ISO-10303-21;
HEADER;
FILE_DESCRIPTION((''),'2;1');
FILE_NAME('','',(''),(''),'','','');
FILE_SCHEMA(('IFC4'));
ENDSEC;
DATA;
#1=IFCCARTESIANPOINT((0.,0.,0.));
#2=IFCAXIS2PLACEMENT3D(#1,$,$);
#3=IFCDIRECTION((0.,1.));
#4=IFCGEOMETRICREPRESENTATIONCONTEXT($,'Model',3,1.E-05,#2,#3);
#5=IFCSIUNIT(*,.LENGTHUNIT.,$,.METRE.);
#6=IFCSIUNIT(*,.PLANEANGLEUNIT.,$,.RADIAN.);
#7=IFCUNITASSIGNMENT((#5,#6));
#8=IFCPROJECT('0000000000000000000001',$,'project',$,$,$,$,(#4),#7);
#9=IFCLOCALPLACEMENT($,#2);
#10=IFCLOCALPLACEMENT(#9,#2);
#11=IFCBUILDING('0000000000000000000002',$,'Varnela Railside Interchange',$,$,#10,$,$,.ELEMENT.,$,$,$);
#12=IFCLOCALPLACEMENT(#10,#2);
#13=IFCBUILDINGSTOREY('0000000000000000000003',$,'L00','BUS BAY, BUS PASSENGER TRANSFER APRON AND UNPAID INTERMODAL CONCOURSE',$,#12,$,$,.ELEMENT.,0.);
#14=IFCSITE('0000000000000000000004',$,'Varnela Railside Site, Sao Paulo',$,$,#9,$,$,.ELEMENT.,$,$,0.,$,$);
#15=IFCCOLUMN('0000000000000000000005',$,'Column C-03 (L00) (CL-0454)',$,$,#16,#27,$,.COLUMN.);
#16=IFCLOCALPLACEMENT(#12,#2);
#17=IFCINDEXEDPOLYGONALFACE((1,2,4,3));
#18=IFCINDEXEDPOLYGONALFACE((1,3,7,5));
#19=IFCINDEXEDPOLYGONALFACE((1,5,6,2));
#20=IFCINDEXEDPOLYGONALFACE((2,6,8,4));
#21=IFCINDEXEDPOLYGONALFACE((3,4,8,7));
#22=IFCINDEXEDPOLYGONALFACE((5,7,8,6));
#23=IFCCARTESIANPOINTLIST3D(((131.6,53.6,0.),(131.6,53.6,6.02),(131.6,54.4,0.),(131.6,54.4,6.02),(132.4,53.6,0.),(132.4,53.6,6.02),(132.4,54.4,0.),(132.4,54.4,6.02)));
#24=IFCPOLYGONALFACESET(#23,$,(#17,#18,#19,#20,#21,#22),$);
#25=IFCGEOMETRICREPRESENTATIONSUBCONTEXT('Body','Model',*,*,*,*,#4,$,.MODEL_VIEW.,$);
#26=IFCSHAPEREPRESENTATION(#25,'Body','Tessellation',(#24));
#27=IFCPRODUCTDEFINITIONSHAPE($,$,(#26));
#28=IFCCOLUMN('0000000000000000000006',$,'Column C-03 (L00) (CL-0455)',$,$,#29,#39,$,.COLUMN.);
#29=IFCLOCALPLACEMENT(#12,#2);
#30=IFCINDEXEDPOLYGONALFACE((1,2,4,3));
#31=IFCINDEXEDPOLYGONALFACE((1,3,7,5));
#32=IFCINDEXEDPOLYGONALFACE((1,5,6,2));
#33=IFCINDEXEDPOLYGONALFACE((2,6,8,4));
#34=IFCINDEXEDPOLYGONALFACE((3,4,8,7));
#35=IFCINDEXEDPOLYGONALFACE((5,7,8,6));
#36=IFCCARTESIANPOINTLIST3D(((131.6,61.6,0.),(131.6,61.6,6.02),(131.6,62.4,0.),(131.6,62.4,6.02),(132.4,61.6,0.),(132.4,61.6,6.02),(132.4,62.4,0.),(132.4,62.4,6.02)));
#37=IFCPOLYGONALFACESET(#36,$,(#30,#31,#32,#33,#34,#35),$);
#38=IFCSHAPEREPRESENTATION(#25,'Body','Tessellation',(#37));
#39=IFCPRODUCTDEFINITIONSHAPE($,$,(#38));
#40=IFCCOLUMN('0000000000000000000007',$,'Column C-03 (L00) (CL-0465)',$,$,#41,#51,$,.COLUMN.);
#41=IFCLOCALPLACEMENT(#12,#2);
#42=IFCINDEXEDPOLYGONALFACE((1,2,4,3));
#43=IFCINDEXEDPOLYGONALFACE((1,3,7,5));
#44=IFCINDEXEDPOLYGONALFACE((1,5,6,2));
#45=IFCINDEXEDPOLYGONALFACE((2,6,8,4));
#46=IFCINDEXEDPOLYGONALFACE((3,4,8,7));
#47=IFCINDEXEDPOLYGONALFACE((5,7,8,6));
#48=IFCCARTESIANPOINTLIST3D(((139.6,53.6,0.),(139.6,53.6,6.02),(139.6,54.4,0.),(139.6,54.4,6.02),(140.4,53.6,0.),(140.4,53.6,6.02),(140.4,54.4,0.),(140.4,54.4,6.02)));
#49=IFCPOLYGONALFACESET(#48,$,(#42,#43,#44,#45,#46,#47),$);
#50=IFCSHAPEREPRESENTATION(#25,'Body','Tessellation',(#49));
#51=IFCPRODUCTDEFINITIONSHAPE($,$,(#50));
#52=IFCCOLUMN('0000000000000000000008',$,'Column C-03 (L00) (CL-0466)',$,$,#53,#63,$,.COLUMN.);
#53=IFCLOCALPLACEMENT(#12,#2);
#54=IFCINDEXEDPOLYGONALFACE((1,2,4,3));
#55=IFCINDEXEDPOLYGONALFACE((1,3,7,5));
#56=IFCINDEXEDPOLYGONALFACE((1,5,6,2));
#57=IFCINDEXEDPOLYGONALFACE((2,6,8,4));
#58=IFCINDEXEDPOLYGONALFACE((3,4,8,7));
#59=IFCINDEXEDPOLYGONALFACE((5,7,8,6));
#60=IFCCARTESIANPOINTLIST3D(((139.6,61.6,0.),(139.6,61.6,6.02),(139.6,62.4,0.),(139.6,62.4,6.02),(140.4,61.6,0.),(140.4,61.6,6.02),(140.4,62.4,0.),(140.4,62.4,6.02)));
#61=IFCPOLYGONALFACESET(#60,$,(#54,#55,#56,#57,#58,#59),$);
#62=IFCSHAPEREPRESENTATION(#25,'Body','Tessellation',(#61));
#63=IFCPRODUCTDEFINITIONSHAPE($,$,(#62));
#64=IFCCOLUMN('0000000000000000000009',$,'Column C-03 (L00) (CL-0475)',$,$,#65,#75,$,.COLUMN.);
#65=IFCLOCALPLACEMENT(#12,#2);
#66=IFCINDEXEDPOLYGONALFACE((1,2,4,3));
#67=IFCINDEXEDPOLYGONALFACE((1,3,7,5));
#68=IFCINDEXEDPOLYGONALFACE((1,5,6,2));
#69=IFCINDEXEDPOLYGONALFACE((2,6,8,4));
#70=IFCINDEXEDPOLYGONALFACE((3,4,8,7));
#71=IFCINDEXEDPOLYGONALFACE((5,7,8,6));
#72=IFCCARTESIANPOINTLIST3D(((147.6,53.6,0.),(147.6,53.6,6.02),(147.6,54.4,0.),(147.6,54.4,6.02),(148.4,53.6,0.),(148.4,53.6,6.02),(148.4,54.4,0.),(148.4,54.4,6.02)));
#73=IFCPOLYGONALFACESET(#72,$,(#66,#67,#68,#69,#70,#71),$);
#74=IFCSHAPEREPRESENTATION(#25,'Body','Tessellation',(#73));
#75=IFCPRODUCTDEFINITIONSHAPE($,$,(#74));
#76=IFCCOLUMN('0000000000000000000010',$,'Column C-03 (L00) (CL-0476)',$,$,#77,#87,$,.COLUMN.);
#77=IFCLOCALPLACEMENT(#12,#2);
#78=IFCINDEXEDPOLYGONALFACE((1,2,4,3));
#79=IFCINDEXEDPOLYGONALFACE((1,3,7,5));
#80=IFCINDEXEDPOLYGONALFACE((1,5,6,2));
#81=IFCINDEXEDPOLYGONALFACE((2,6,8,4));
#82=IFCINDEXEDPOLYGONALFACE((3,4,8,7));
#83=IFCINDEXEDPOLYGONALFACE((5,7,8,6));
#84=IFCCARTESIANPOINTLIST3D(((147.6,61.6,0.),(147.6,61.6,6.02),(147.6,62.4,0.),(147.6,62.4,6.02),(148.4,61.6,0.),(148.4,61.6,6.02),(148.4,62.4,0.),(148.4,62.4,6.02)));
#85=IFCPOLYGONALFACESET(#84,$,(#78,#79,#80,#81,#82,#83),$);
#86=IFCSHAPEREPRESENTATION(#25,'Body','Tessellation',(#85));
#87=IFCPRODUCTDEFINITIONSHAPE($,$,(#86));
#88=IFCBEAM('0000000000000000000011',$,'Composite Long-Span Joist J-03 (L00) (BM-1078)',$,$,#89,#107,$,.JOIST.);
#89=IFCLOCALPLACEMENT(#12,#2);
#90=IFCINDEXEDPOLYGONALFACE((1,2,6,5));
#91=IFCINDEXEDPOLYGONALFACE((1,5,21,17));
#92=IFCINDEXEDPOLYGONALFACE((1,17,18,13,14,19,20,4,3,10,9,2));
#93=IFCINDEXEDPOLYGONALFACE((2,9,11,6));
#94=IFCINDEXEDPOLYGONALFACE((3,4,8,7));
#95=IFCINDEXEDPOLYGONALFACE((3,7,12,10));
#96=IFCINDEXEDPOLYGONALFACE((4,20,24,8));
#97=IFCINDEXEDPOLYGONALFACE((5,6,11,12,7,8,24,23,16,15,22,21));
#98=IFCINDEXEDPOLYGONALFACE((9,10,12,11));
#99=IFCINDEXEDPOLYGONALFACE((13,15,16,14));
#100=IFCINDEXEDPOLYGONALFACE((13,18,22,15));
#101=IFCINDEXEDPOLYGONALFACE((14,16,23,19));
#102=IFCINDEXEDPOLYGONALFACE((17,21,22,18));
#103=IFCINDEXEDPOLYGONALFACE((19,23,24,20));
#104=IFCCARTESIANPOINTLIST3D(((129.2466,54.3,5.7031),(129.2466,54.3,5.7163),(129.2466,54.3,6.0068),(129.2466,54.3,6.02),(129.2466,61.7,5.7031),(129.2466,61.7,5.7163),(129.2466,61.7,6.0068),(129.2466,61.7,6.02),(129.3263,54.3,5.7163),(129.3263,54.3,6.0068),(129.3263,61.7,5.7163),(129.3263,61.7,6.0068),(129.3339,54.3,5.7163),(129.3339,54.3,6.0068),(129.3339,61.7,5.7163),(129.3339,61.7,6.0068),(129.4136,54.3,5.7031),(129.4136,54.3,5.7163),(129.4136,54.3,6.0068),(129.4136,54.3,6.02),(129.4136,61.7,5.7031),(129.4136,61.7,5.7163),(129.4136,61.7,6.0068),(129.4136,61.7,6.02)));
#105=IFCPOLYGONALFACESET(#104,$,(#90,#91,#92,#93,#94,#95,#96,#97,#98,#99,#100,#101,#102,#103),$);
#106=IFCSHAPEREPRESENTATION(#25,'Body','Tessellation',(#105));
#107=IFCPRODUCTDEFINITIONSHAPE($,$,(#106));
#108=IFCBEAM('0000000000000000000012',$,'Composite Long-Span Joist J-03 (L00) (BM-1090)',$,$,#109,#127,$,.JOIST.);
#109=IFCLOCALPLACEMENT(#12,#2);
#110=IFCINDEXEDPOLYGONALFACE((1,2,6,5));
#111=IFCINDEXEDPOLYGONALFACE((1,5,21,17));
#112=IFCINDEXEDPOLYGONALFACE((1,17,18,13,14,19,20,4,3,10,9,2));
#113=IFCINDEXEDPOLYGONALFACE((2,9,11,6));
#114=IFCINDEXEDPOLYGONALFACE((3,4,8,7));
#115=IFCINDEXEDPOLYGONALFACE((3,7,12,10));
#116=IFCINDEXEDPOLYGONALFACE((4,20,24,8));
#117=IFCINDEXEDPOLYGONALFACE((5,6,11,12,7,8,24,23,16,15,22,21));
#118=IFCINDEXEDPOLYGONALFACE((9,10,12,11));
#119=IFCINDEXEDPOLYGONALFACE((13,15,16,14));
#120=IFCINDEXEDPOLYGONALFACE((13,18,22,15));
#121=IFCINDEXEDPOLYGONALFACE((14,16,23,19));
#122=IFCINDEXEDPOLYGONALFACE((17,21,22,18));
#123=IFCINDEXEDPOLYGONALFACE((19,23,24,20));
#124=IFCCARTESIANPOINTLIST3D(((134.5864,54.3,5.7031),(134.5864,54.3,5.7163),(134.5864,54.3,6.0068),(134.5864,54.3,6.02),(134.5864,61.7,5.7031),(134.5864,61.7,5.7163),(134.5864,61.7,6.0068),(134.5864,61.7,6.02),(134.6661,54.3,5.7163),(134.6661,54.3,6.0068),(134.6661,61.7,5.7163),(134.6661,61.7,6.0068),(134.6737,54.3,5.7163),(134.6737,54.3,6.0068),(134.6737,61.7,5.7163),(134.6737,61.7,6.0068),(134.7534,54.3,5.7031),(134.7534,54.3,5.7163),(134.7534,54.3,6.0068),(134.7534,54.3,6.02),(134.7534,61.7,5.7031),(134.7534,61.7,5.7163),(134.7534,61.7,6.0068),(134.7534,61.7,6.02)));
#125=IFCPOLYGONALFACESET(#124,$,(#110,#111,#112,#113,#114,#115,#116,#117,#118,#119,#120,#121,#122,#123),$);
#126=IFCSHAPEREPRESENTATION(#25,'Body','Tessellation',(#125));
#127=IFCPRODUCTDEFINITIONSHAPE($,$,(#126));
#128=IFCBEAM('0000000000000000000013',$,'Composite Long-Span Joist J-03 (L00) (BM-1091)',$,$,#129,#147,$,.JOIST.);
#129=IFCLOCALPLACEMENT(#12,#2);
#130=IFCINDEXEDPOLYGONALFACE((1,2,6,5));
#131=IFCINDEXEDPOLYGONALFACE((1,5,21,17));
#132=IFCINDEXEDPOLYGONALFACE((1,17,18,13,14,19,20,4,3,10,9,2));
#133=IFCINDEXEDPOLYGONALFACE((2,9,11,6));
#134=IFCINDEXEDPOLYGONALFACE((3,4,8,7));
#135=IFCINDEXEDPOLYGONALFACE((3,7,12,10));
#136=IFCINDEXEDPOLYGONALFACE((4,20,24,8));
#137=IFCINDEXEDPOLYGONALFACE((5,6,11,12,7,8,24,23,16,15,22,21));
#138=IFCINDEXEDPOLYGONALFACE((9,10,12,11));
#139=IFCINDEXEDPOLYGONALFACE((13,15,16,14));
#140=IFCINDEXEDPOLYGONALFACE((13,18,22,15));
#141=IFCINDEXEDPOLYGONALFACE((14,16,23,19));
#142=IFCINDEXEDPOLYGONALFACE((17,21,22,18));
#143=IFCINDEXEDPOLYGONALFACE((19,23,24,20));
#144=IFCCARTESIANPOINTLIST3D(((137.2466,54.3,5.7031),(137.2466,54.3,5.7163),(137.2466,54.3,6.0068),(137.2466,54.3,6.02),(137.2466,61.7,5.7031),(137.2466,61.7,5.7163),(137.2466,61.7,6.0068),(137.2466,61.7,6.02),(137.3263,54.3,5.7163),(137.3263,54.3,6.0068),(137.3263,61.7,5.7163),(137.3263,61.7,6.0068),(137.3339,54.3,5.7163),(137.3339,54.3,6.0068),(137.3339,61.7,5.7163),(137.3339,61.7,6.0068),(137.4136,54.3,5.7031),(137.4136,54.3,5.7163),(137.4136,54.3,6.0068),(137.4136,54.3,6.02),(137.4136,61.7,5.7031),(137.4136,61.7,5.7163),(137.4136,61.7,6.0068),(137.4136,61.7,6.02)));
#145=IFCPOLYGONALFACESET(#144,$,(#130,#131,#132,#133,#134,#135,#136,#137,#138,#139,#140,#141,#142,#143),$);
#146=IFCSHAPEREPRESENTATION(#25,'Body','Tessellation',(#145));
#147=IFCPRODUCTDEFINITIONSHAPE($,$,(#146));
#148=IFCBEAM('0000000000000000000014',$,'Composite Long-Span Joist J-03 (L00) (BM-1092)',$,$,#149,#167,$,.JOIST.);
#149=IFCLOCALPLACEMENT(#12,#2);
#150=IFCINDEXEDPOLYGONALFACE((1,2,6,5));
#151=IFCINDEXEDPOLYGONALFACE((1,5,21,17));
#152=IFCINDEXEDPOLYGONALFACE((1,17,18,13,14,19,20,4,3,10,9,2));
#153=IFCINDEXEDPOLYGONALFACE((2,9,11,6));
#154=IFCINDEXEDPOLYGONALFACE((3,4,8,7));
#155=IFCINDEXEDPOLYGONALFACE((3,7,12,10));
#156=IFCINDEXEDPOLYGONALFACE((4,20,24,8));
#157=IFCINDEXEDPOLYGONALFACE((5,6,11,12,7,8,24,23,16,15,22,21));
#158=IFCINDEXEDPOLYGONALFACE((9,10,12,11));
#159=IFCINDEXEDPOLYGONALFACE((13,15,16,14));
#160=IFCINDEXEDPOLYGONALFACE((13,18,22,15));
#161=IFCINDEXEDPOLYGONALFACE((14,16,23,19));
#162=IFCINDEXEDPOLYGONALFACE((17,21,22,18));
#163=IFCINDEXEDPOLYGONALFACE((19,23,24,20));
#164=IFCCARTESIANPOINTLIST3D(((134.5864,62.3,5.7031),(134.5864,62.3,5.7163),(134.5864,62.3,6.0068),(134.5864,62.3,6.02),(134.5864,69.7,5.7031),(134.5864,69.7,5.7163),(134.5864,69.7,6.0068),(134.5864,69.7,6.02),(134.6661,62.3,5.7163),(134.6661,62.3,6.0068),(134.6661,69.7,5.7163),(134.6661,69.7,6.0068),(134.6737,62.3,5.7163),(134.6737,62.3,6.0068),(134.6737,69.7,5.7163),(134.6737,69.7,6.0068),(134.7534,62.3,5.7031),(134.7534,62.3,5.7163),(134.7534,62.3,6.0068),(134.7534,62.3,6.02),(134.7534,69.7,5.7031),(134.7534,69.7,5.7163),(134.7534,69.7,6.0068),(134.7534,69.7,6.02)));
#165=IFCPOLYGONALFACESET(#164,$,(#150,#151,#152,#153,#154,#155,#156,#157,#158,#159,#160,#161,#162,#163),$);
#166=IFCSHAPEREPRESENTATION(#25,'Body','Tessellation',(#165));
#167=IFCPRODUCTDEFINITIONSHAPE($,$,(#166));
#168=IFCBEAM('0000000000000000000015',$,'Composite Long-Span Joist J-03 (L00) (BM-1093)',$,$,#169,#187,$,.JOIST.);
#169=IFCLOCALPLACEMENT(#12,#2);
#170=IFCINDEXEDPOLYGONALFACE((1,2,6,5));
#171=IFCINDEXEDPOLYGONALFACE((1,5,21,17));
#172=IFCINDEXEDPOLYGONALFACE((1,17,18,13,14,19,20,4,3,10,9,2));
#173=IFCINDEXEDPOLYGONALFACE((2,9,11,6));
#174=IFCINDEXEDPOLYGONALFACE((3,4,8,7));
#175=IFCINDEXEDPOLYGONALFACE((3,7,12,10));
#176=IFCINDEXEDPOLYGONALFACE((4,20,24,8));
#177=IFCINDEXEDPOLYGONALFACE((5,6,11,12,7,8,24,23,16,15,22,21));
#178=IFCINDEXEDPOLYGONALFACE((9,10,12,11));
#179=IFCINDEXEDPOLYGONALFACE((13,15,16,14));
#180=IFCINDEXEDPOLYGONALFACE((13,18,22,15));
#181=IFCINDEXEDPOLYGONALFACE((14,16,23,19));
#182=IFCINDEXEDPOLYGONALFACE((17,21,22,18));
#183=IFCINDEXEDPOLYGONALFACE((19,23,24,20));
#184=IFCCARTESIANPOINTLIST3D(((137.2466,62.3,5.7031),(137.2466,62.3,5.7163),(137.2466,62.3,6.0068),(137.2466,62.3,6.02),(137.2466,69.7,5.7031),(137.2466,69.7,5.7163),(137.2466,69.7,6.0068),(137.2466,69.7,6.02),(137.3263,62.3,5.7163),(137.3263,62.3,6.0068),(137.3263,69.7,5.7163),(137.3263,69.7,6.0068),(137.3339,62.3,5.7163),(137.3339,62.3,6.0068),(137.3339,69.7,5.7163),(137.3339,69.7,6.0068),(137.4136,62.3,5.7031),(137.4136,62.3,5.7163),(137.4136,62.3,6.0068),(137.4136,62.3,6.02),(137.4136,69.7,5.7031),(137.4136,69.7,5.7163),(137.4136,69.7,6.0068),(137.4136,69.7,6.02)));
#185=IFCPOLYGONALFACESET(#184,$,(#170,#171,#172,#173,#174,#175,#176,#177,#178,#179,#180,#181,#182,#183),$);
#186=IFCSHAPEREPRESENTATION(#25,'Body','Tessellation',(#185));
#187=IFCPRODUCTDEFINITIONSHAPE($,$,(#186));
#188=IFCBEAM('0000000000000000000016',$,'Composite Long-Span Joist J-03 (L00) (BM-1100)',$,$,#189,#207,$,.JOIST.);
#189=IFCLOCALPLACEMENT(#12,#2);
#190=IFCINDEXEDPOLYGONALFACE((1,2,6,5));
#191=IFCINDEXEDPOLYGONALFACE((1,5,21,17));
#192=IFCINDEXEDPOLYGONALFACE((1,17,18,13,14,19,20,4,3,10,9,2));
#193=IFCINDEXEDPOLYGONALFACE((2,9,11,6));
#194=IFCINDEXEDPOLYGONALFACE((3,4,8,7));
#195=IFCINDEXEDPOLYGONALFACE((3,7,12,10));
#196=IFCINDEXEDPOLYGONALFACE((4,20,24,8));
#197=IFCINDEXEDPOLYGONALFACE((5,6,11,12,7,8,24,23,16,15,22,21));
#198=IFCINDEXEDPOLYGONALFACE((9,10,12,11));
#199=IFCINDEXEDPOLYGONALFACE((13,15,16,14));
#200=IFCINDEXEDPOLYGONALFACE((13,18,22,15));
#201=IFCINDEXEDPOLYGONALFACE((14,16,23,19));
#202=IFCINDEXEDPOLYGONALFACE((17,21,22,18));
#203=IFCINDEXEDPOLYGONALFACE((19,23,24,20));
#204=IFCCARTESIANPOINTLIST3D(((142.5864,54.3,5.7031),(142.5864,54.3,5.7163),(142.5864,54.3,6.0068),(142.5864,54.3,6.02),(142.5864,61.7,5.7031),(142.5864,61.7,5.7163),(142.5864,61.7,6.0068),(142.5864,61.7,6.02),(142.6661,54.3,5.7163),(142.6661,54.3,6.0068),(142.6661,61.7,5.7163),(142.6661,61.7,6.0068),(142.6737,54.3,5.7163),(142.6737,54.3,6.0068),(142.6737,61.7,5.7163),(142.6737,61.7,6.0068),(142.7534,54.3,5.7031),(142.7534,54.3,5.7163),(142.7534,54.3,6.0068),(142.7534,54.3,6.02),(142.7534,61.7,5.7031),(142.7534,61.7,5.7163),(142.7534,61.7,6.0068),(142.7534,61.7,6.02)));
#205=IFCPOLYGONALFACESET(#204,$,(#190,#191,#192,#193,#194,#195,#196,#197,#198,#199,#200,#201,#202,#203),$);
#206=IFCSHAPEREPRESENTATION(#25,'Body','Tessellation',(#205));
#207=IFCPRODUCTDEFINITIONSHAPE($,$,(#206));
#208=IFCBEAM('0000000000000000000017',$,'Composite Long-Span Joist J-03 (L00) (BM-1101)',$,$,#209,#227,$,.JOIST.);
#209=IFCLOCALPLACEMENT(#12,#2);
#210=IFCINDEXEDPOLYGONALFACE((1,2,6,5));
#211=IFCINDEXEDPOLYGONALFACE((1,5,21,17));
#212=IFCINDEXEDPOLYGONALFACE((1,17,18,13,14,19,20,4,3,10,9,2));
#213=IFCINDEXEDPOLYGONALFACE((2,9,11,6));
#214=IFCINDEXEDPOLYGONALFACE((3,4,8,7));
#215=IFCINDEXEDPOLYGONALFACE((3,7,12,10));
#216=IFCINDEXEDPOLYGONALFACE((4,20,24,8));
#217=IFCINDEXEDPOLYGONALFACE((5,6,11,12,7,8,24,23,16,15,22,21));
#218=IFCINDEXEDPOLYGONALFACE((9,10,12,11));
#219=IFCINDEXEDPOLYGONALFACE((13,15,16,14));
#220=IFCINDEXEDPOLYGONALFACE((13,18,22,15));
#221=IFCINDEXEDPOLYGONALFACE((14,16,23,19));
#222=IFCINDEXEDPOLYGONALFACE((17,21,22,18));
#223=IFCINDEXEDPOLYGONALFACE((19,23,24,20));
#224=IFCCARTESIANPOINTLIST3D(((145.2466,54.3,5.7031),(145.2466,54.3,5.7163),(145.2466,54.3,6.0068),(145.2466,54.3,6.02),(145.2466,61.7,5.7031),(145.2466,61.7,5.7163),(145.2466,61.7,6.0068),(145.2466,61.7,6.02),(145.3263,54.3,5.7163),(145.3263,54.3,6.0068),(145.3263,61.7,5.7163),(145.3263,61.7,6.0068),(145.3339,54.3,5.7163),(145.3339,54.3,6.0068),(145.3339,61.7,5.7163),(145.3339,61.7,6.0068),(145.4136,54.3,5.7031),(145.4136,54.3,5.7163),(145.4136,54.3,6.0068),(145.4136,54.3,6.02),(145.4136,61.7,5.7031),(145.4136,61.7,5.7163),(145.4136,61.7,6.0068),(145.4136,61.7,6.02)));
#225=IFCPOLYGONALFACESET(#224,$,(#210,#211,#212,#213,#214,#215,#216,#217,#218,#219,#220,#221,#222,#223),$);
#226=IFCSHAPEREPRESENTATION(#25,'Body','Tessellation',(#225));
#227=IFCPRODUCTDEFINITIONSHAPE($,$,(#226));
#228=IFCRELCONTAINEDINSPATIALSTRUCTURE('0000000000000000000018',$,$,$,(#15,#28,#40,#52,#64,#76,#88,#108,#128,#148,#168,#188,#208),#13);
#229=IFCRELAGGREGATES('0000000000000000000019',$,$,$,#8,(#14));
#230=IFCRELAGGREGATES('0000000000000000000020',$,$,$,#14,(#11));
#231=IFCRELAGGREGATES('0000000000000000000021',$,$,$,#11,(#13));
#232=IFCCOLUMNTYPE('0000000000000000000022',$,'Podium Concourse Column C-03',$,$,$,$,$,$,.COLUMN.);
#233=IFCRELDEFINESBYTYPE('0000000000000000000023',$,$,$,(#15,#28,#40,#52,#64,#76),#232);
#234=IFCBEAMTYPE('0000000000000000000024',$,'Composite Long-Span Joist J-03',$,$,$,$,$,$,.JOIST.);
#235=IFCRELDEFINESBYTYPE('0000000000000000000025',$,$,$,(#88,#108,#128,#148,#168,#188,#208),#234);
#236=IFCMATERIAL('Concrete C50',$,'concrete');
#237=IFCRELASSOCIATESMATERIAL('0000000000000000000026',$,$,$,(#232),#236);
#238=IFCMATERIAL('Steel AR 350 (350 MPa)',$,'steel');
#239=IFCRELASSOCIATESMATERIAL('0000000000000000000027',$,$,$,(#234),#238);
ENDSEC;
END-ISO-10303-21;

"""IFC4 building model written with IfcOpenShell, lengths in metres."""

from ifc_helpers import new_model, si_unit, direction, frame, origin, origin_2d, place, context, subcontext, project, spatial, rectangle, i_section, extrude, material, material_profile, profile_set, type_object, element, save


model = new_model("IFC4")

# Units and contexts
model_context = context("Model", 3, precision=1e-05, world=origin(), true_north=direction((0.0, 1.0)))
body_context = subcontext(model_context, "Body", "Model", "MODEL_VIEW")
ifc_project = project(units=[si_unit("LENGTHUNIT", "METRE"), si_unit("PLANEANGLEUNIT", "RADIAN")], contexts=[model_context])

# Site, building, storey
site_placement = place(None, origin())
site = spatial("IfcSite", under=ifc_project, at=site_placement, Name="Varnela Railside Site, Sao Paulo", CompositionType="ELEMENT", RefElevation=0.0)
building_placement = place(site_placement, origin())
building = spatial("IfcBuilding", under=site, at=building_placement, Name="Varnela Railside Interchange", CompositionType="ELEMENT")
storey_placement = place(building_placement, origin())
storey = spatial("IfcBuildingStorey", under=building, at=storey_placement, Name="L00", Description="BUS BAY, BUS PASSENGER TRANSFER APRON AND UNPAID INTERMODAL CONCOURSE", CompositionType="ELEMENT", Elevation=0.0)

# Columns
ifc_material_1 = material(Name="Concrete C50", Category="concrete")
ifc_material_profile_1 = material_profile(ifc_material_1, rectangle(XDim=0.8, YDim=0.8, at=origin_2d()), Name="RC 800x800")
ifc_profile_set_1 = profile_set([ifc_material_profile_1], Name="Concrete C50")
column_type = type_object("IfcColumnType", Name="Podium Concourse Column C-03", PredefinedType="COLUMN", material=ifc_profile_set_1)
for number, where, z_axis, x_axis, name in (
    (1, (132.0, 54.0, 0.0), (0.0, 0.0, 1.0), (1.0, 0.0, 0.0), "Column C-03 (L00) (CL-0454)"),
    (2, (132.0, 62.0, 0.0), (0.0, 0.0, 1.0), (1.0, 0.0, 0.0), "Column C-03 (L00) (CL-0455)"),
    (3, (140.0, 54.0, 0.0), (0.0, 0.0, 1.0), (1.0, 0.0, 0.0), "Column C-03 (L00) (CL-0465)"),
    (4, (140.0, 62.0, 0.0), (0.0, 0.0, 1.0), (1.0, 0.0, 0.0), "Column C-03 (L00) (CL-0466)"),
    (5, (148.0, 54.0, 0.0), (0.0, 0.0, 1.0), (1.0, 0.0, 0.0), "Column C-03 (L00) (CL-0475)"),
    (6, (148.0, 62.0, 0.0), (0.0, 0.0, 1.0), (1.0, 0.0, 0.0), "Column C-03 (L00) (CL-0476)"),
):
    element("IfcColumn", number, at=place(storey_placement, frame(where, z_axis=z_axis, x_axis=x_axis)), inside=storey, type_object=column_type, Name=name, PredefinedType="COLUMN", context=body_context, shape_type="SweptSolid", body=[
        extrude(rectangle(XDim=0.8, YDim=0.8, at=origin_2d()), origin(), (0.0, 0.0, 1.0), 6.02),
    ])

# Beams
ifc_material_2 = material(Name="Steel AR 350 (350 MPa)", Category="steel")
ifc_material_profile_2 = material_profile(ifc_material_2, i_section(OverallWidth=0.167, OverallDepth=0.3169, WebThickness=0.0076, FlangeThickness=0.0132, at=origin_2d()), Name="W310x52")
ifc_profile_set_2 = profile_set([ifc_material_profile_2], Name="Steel AR 350 (350 MPa)")
beam_type_1 = type_object("IfcBeamType", Name="Composite Long-Span Joist J-03", PredefinedType="JOIST", material=ifc_profile_set_2)
for number, where, z_axis, x_axis, name in (
    (7, (129.3301, 54.3, 5.8616), (0.0, 1.0, 0.0), (-1.0, 0.0, 0.0), "Composite Long-Span Joist J-03 (L00) (BM-1078)"),
    (8, (134.6699, 54.3, 5.8616), (0.0, 1.0, 0.0), (-1.0, 0.0, 0.0), "Composite Long-Span Joist J-03 (L00) (BM-1090)"),
    (9, (137.3301, 54.3, 5.8616), (0.0, 1.0, 0.0), (-1.0, 0.0, 0.0), "Composite Long-Span Joist J-03 (L00) (BM-1091)"),
    (10, (134.6699, 62.3, 5.8616), (0.0, 1.0, 0.0), (-1.0, 0.0, 0.0), "Composite Long-Span Joist J-03 (L00) (BM-1092)"),
    (11, (137.3301, 62.3, 5.8616), (0.0, 1.0, 0.0), (-1.0, 0.0, 0.0), "Composite Long-Span Joist J-03 (L00) (BM-1093)"),
    (12, (142.6699, 54.3, 5.8616), (0.0, 1.0, 0.0), (-1.0, 0.0, 0.0), "Composite Long-Span Joist J-03 (L00) (BM-1100)"),
    (13, (145.3301, 54.3, 5.8616), (0.0, 1.0, 0.0), (-1.0, 0.0, 0.0), "Composite Long-Span Joist J-03 (L00) (BM-1101)"),
):
    element("IfcBeam", number, at=place(storey_placement, frame(where, z_axis=z_axis, x_axis=x_axis)), inside=storey, type_object=beam_type_1, Name=name, PredefinedType="JOIST", context=body_context, shape_type="SweptSolid", body=[
        extrude(i_section(OverallWidth=0.167, OverallDepth=0.3169, WebThickness=0.0076, FlangeThickness=0.0132, at=origin_2d()), origin(), (0.0, 0.0, 1.0), 7.3999),
    ])

save(model, "model.ifc")
